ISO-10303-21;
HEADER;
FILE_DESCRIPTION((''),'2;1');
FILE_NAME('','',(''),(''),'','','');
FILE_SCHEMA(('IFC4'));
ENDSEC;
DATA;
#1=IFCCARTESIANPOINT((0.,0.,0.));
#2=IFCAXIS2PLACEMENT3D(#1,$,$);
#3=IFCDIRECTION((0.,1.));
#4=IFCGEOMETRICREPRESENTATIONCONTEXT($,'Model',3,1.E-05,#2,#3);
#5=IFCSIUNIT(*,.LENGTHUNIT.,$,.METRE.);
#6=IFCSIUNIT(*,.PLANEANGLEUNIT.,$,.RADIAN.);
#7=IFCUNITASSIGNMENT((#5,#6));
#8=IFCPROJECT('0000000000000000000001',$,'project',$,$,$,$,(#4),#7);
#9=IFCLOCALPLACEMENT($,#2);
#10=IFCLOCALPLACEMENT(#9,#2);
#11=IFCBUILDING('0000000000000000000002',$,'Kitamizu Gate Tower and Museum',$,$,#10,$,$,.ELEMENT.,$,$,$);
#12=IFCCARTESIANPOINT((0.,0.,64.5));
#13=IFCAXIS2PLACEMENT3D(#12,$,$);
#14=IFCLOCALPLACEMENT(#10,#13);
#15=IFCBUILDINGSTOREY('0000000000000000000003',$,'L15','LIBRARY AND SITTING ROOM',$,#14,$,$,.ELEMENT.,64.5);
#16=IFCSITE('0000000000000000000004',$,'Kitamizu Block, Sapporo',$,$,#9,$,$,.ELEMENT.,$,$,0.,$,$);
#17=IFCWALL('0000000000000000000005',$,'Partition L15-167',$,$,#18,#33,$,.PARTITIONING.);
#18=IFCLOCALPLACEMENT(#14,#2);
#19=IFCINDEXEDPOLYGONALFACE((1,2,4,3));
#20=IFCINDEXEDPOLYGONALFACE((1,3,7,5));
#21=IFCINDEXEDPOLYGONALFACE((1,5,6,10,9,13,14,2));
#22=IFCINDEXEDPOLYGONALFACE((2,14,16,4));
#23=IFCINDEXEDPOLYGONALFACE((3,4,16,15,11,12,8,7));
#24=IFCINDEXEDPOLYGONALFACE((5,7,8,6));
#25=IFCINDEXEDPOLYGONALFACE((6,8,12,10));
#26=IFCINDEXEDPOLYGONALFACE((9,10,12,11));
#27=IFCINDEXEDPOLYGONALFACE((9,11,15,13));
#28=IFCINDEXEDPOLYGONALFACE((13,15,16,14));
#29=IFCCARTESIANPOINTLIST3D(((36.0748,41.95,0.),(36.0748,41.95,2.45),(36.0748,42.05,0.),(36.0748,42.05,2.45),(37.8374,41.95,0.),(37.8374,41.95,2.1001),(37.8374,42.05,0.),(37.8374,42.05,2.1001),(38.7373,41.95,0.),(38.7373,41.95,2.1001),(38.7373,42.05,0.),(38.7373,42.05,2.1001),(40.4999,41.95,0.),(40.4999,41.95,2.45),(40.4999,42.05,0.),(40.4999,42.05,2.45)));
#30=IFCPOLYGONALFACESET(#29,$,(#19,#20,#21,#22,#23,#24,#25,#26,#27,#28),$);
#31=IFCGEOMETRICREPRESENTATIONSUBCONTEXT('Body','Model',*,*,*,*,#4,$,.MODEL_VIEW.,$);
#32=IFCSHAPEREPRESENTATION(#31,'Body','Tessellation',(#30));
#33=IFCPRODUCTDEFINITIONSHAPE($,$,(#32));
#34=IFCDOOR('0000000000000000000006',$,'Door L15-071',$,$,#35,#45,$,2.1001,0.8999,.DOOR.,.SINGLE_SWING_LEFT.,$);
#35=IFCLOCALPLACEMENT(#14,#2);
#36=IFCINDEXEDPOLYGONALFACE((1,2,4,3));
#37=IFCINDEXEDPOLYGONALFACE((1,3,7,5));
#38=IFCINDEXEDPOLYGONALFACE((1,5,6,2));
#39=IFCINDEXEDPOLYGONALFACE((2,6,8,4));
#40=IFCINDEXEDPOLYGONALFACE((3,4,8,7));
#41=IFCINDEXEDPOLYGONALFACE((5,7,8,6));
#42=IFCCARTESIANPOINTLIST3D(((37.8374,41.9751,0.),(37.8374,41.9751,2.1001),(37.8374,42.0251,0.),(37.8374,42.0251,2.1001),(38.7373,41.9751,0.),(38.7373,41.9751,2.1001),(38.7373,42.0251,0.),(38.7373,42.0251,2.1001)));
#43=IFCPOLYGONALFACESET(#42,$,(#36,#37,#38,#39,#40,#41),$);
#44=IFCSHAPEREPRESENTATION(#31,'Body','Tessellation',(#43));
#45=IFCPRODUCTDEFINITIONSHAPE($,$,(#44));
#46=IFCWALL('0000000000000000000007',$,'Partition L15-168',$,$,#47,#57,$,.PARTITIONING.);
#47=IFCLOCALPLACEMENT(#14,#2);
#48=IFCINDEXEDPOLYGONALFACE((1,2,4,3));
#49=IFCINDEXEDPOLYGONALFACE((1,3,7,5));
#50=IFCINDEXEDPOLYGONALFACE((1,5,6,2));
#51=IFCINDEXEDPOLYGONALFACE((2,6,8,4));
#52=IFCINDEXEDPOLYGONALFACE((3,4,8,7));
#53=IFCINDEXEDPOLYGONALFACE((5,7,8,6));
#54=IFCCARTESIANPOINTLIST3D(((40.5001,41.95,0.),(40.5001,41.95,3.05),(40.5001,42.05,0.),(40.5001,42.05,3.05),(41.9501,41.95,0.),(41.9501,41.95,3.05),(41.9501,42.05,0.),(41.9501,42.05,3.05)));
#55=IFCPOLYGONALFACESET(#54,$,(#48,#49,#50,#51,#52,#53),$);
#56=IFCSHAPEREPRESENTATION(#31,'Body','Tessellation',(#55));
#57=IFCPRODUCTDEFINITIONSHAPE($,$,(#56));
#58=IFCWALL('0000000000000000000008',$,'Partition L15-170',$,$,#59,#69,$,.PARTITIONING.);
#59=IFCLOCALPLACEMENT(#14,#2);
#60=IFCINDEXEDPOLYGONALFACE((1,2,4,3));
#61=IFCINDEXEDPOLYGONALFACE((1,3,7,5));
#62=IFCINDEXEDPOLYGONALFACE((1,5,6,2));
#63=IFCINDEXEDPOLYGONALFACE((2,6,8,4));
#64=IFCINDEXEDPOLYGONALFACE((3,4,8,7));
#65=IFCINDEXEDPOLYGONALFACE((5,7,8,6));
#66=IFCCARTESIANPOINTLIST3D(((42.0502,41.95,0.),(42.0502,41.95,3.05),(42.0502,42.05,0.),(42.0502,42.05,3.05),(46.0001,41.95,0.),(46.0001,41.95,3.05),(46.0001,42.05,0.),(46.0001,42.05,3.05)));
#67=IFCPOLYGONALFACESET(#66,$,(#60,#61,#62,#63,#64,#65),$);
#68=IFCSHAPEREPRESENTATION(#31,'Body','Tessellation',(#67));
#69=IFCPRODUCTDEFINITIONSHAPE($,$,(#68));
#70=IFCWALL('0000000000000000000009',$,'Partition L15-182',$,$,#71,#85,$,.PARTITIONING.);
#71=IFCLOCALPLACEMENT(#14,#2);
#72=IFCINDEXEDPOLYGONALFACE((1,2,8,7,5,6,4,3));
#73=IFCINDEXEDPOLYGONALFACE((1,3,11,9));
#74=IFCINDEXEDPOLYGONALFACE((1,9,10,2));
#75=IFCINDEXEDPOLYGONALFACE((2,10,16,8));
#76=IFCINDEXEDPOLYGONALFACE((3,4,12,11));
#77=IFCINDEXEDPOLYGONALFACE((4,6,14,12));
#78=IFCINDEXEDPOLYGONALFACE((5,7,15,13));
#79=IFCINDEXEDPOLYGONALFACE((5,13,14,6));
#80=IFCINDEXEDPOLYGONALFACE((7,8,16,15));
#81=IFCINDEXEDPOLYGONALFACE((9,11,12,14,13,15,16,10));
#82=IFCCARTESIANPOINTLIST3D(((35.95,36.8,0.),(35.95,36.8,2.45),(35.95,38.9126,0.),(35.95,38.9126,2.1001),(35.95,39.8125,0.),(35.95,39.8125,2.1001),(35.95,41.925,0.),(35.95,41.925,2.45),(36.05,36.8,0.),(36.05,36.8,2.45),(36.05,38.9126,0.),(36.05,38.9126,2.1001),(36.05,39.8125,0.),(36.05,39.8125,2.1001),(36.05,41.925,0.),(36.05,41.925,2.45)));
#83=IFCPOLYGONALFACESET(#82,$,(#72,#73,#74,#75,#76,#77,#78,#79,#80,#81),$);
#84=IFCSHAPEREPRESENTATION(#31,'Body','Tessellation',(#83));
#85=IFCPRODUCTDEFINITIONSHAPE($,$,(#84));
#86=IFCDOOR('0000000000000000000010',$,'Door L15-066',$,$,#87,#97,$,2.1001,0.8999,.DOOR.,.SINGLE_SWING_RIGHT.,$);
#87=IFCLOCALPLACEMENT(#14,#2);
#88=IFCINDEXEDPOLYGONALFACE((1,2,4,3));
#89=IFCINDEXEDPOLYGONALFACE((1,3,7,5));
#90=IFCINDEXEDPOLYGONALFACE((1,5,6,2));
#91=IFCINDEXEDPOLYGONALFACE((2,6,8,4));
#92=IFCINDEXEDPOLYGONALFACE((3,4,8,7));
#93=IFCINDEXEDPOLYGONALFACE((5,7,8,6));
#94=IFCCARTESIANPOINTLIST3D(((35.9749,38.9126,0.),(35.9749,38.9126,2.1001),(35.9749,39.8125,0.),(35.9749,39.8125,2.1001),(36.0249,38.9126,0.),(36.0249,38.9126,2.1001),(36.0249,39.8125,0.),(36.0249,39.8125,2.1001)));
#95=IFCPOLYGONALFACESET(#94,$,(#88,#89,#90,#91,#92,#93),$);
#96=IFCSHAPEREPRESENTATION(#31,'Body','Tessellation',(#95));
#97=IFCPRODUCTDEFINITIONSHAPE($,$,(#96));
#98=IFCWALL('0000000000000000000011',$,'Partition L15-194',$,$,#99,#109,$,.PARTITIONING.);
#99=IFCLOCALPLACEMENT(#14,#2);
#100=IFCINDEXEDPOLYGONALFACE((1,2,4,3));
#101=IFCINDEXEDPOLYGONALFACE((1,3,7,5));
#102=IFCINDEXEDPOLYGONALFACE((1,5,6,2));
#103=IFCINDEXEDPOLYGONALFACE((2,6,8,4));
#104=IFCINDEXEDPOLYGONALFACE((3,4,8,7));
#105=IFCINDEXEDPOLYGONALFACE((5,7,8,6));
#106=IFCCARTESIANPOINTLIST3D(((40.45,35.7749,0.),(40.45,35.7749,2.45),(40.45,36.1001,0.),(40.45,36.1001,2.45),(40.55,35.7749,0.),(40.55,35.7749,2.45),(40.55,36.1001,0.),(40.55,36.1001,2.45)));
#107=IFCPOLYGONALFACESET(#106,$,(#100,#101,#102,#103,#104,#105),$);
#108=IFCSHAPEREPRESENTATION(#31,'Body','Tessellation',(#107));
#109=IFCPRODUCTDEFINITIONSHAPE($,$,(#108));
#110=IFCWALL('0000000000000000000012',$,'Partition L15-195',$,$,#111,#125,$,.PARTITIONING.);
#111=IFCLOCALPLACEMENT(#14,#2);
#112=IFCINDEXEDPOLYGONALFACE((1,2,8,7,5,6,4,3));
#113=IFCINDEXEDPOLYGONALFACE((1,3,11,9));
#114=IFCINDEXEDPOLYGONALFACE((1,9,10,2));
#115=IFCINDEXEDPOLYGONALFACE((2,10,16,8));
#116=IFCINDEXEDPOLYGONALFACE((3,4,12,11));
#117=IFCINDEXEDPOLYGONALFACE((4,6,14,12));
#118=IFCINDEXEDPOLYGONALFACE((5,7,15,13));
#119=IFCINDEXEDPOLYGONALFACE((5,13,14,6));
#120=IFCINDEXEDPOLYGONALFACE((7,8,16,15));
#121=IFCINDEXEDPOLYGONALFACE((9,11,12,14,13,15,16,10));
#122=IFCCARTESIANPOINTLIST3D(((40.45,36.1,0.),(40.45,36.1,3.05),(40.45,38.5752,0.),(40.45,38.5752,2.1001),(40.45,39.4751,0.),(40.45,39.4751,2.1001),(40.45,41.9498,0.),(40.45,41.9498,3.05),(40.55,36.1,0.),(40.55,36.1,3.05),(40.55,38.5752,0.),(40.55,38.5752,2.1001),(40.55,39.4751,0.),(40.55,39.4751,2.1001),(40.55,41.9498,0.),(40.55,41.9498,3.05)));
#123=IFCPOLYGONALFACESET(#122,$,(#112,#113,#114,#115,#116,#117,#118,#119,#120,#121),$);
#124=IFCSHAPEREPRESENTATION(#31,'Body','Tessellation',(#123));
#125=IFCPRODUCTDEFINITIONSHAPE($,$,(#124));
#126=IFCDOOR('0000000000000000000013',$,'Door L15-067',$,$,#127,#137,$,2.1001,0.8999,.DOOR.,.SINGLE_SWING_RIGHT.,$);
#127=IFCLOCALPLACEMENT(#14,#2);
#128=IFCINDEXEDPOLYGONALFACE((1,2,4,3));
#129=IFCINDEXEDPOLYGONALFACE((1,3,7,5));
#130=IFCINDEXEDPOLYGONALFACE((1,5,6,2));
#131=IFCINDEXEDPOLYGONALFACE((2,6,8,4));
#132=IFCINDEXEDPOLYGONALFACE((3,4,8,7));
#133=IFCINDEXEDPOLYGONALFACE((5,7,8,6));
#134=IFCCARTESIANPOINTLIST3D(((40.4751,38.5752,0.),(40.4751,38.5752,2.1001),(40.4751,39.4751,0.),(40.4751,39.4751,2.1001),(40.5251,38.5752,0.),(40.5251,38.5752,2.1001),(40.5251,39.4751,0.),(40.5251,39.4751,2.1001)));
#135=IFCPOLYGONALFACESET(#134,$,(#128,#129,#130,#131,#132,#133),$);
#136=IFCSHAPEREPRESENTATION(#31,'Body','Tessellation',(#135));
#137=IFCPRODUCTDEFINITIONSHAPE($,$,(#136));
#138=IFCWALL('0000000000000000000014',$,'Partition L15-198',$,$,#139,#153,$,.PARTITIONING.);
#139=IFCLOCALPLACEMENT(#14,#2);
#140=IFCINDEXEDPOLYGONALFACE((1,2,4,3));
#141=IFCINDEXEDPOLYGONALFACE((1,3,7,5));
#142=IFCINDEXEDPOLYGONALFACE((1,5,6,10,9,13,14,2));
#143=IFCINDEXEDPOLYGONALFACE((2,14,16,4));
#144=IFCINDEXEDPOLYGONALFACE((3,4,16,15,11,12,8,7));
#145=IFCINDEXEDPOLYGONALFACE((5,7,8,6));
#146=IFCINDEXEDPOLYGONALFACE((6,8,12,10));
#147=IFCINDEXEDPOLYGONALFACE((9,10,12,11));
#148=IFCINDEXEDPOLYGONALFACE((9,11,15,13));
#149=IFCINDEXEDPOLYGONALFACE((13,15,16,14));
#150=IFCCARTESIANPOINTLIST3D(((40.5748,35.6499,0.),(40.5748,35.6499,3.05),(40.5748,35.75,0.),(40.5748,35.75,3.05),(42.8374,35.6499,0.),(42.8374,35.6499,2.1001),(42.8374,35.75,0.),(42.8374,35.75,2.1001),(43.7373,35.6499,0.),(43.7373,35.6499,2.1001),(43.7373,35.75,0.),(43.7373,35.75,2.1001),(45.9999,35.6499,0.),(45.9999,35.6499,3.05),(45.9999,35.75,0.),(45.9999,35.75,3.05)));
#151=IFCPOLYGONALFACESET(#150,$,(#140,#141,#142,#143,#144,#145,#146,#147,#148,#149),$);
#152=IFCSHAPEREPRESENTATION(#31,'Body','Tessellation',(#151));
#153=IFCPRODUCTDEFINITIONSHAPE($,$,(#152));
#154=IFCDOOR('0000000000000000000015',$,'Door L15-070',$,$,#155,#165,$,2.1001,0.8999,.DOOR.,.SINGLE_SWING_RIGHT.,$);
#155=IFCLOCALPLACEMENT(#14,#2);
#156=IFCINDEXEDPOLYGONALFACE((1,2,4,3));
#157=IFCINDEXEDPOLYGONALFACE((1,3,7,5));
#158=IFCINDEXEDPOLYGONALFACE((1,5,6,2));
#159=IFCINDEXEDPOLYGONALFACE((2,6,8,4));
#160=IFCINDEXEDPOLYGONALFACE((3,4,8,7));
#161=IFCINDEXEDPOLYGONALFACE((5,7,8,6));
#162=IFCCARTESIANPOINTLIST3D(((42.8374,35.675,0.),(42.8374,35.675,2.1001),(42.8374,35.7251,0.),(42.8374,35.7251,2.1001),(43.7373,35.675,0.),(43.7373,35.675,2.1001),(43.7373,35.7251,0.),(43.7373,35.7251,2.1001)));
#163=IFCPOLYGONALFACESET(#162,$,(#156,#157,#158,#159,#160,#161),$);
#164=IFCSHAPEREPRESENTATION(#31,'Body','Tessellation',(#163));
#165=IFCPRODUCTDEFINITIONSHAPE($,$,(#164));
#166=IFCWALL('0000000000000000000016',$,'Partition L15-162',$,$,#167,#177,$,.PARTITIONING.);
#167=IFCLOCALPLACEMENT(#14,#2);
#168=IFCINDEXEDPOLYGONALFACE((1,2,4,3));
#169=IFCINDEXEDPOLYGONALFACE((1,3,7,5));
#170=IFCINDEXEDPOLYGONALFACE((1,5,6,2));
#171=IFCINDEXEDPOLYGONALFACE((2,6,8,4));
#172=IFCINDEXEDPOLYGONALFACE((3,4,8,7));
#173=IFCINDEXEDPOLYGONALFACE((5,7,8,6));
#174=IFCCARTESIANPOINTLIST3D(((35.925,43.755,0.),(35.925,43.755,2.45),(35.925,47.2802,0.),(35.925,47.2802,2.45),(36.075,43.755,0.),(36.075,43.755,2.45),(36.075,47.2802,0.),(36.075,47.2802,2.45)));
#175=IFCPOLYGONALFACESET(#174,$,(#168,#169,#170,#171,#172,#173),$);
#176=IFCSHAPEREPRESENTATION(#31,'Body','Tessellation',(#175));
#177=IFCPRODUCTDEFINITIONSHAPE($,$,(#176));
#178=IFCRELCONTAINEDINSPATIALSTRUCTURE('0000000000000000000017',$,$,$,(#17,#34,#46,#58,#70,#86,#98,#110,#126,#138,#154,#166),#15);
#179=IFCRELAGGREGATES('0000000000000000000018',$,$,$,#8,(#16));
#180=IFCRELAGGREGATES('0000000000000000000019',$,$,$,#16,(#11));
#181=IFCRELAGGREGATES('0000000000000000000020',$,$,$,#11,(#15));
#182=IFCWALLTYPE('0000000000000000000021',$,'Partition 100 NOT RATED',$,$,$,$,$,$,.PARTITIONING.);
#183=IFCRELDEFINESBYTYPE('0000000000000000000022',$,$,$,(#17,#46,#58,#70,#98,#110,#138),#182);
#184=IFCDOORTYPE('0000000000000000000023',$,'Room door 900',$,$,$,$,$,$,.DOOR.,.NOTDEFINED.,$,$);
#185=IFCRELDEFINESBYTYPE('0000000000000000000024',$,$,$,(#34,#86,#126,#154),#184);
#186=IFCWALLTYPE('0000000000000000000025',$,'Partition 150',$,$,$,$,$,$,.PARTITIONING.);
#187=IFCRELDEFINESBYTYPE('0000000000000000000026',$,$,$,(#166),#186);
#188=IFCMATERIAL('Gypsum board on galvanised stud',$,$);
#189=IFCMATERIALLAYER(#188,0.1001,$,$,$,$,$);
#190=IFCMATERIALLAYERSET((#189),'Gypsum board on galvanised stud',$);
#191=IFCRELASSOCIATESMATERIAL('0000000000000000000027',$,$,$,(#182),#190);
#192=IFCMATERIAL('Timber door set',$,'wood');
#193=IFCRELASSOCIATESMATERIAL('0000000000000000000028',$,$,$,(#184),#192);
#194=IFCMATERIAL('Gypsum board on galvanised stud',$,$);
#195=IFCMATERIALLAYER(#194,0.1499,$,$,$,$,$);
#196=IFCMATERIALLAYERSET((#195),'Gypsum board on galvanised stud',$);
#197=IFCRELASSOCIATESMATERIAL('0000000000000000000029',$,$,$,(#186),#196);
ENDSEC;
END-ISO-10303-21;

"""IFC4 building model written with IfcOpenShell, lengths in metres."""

from ifc_helpers import new_model, si_unit, direction, frame, frame_2d, origin, place, context, subcontext, project, spatial, rectangle, extrude, material, layer, layer_set, type_object, element, fill, save


model = new_model("IFC4")

# Units and contexts
model_context = context("Model", 3, precision=1e-05, world=origin(), true_north=direction((0.0, 1.0)))
body_context = subcontext(model_context, "Body", "Model", "MODEL_VIEW")
ifc_project = project(units=[si_unit("LENGTHUNIT", "METRE"), si_unit("PLANEANGLEUNIT", "RADIAN")], contexts=[model_context])

# Site, building, storey
site_placement = place(None, origin())
site = spatial("IfcSite", under=ifc_project, at=site_placement, Name="Kitamizu Block, Sapporo", CompositionType="ELEMENT", RefElevation=0.0)
building_placement = place(site_placement, origin())
building = spatial("IfcBuilding", under=site, at=building_placement, Name="Kitamizu Gate Tower and Museum", CompositionType="ELEMENT")
storey_placement = place(building_placement, frame((0.0, 0.0, 64.5)))
storey = spatial("IfcBuildingStorey", under=building, at=storey_placement, Name="L15", Description="LIBRARY AND SITTING ROOM", CompositionType="ELEMENT", Elevation=64.5)

# Wall, opening, door
ifc_material_1 = material(Name="Gypsum board on galvanised stud")
ifc_layer_1 = layer(ifc_material_1, 0.1001)
ifc_layer_set_1 = layer_set([ifc_layer_1], Name="Gypsum board on galvanised stud")
wall_type_1 = type_object("IfcWallType", Name="Partition 100 NOT RATED", PredefinedType="PARTITIONING", material=ifc_layer_set_1)
ifc_material_2 = material(Name="Timber door set", Category="wood")
door_type_1 = type_object("IfcDoorType", Name="Room door 900", OperationType="NOTDEFINED", PredefinedType="DOOR", material=ifc_material_2)
wall_1_placement = place(storey_placement, frame((36.075, 42.0, 0.0), z_axis=(0.0, 0.0, 1.0), x_axis=(1.0, 0.0, 0.0)))
wall_1 = element("IfcWall", 1, at=wall_1_placement, inside=storey, type_object=wall_type_1, Name="Partition L15-167", PredefinedType="PARTITIONING", context=body_context, shape_type="SweptSolid", body=[
    extrude(rectangle(XDim=4.425, YDim=0.1001, at=frame_2d((2.2124, 0.0))), origin(), (0.0, 0.0, 1.0), 2.45),
])
opening_1_placement = place(wall_1_placement, frame((1.7625, 0.0, 0.0)))
opening_1 = element("IfcOpeningElement", 2, at=opening_1_placement, cuts=wall_1, PredefinedType="OPENING", context=body_context, shape_type="SweptSolid", body=[
    extrude(rectangle(XDim=0.8999, YDim=2.1001, at=frame_2d((0.45, 1.05))), frame((0.0, 0.0601, 0.0), z_axis=(0.0, -1.0, 0.0), x_axis=(1.0, 0.0, 0.0)), (0.0, 0.0, 1.0), 0.1201),
])
door_1_placement = place(opening_1_placement, frame((0.8999, 0.0, 0.0), x_axis=(-1.0, 0.0, 0.0)))
door_1 = element("IfcDoor", 3, at=door_1_placement, inside=storey, type_object=door_type_1, Name="Door L15-071", OperationType="SINGLE_SWING_LEFT", OverallHeight=2.1001, OverallWidth=0.8999, PredefinedType="DOOR", context=body_context, shape_type="SweptSolid", body=[
    extrude(rectangle(XDim=0.8999, YDim=2.1001, at=frame_2d((0.45, 1.05))), frame((0.0, 0.0249, 0.0), z_axis=(0.0, -1.0, 0.0), x_axis=(1.0, 0.0, 0.0)), (0.0, 0.0, 1.0), 0.05),
])
fill(opening_1, door_1)

# Walls
wall_2_placement = place(storey_placement, frame((40.5, 42.0, 0.0), z_axis=(0.0, 0.0, 1.0), x_axis=(1.0, 0.0, 0.0)))
element("IfcWall", 4, at=wall_2_placement, inside=storey, type_object=wall_type_1, Name="Partition L15-168", PredefinedType="PARTITIONING", context=body_context, shape_type="SweptSolid", body=[
    extrude(rectangle(XDim=1.45, YDim=0.1001, at=frame_2d((0.7251, 0.0))), origin(), (0.0, 0.0, 1.0), 3.05),
])
wall_3_placement = place(storey_placement, frame((42.05, 42.0, 0.0), z_axis=(0.0, 0.0, 1.0), x_axis=(1.0, 0.0, 0.0)))
element("IfcWall", 5, at=wall_3_placement, inside=storey, type_object=wall_type_1, Name="Partition L15-170", PredefinedType="PARTITIONING", context=body_context, shape_type="SweptSolid", body=[
    extrude(rectangle(XDim=3.95, YDim=0.1001, at=frame_2d((1.9751, 0.0))), origin(), (0.0, 0.0, 1.0), 3.05),
])

# Wall, opening, door
wall_4_placement = place(storey_placement, frame((36.0, 36.8, 0.0), z_axis=(0.0, 0.0, 1.0), x_axis=(0.0, 1.0, 0.0)))
wall_4 = element("IfcWall", 6, at=wall_4_placement, inside=storey, type_object=wall_type_1, Name="Partition L15-182", PredefinedType="PARTITIONING", context=body_context, shape_type="SweptSolid", body=[
    extrude(rectangle(XDim=5.125, YDim=0.1001, at=frame_2d((2.5625, 0.0))), origin(), (0.0, 0.0, 1.0), 2.45),
])
opening_2_placement = place(wall_4_placement, frame((2.1125, 0.0, 0.0)))
opening_2 = element("IfcOpeningElement", 7, at=opening_2_placement, cuts=wall_4, PredefinedType="OPENING", context=body_context, shape_type="SweptSolid", body=[
    extrude(rectangle(XDim=0.8999, YDim=2.1001, at=frame_2d((0.45, 1.05))), frame((0.0, 0.0601, 0.0), z_axis=(0.0, -1.0, 0.0), x_axis=(1.0, 0.0, 0.0)), (0.0, 0.0, 1.0), 0.1201),
])
door_2_placement = place(opening_2_placement, frame((0.8999, 0.0, 0.0), x_axis=(-1.0, 0.0, 0.0)))
door_2 = element("IfcDoor", 8, at=door_2_placement, inside=storey, type_object=door_type_1, Name="Door L15-066", OperationType="SINGLE_SWING_RIGHT", OverallHeight=2.1001, OverallWidth=0.8999, PredefinedType="DOOR", context=body_context, shape_type="SweptSolid", body=[
    extrude(rectangle(XDim=0.8999, YDim=2.1001, at=frame_2d((0.45, 1.05))), frame((0.0, 0.0249, 0.0), z_axis=(0.0, -1.0, 0.0), x_axis=(1.0, 0.0, 0.0)), (0.0, 0.0, 1.0), 0.05),
])
fill(opening_2, door_2)

# Wall
wall_5_placement = place(storey_placement, frame((40.5, 35.7749, 0.0), z_axis=(0.0, 0.0, 1.0), x_axis=(0.0, 1.0, 0.0)))
element("IfcWall", 9, at=wall_5_placement, inside=storey, type_object=wall_type_1, Name="Partition L15-194", PredefinedType="PARTITIONING", context=body_context, shape_type="SweptSolid", body=[
    extrude(rectangle(XDim=0.3252, YDim=0.1001, at=frame_2d((0.1626, 0.0))), origin(), (0.0, 0.0, 1.0), 2.45),
])

# Walls, openings, doors
wall_6_placement = place(storey_placement, frame((40.5, 36.1001, 0.0), z_axis=(0.0, 0.0, 1.0), x_axis=(0.0, 1.0, 0.0)))
wall_6 = element("IfcWall", 10, at=wall_6_placement, inside=storey, type_object=wall_type_1, Name="Partition L15-195", PredefinedType="PARTITIONING", context=body_context, shape_type="SweptSolid", body=[
    extrude(rectangle(XDim=5.8499, YDim=0.1001, at=frame_2d((2.9248, 0.0))), origin(), (0.0, 0.0, 1.0), 3.05),
])
opening_3_placement = place(wall_6_placement, frame((2.4751, 0.0, 0.0)))
opening_3 = element("IfcOpeningElement", 11, at=opening_3_placement, cuts=wall_6, PredefinedType="OPENING", context=body_context, shape_type="SweptSolid", body=[
    extrude(rectangle(XDim=0.8999, YDim=2.1001, at=frame_2d((0.45, 1.05))), frame((0.0, 0.0601, 0.0), z_axis=(0.0, -1.0, 0.0), x_axis=(1.0, 0.0, 0.0)), (0.0, 0.0, 1.0), 0.1201),
])
door_3_placement = place(opening_3_placement, origin())
door_3 = element("IfcDoor", 12, at=door_3_placement, inside=storey, type_object=door_type_1, Name="Door L15-067", OperationType="SINGLE_SWING_RIGHT", OverallHeight=2.1001, OverallWidth=0.8999, PredefinedType="DOOR", context=body_context, shape_type="SweptSolid", body=[
    extrude(rectangle(XDim=0.8999, YDim=2.1001, at=frame_2d((0.45, 1.05))), frame((0.0, 0.0249, 0.0), z_axis=(0.0, -1.0, 0.0), x_axis=(1.0, 0.0, 0.0)), (0.0, 0.0, 1.0), 0.05),
])
fill(opening_3, door_3)
wall_7_placement = place(storey_placement, frame((40.575, 35.7, 0.0), z_axis=(0.0, 0.0, 1.0), x_axis=(1.0, 0.0, 0.0)))
wall_7 = element("IfcWall", 13, at=wall_7_placement, inside=storey, type_object=wall_type_1, Name="Partition L15-198", PredefinedType="PARTITIONING", context=body_context, shape_type="SweptSolid", body=[
    extrude(rectangle(XDim=5.425, YDim=0.1001, at=frame_2d((2.7124, 0.0))), origin(), (0.0, 0.0, 1.0), 3.05),
])
opening_4_placement = place(wall_7_placement, frame((2.2625, 0.0, 0.0)))
opening_4 = element("IfcOpeningElement", 14, at=opening_4_placement, cuts=wall_7, PredefinedType="OPENING", context=body_context, shape_type="SweptSolid", body=[
    extrude(rectangle(XDim=0.8999, YDim=2.1001, at=frame_2d((0.45, 1.05))), frame((0.0, 0.0601, 0.0), z_axis=(0.0, -1.0, 0.0), x_axis=(1.0, 0.0, 0.0)), (0.0, 0.0, 1.0), 0.1201),
])
door_4_placement = place(opening_4_placement, frame((0.8999, 0.0, 0.0), x_axis=(-1.0, 0.0, 0.0)))
door_4 = element("IfcDoor", 15, at=door_4_placement, inside=storey, type_object=door_type_1, Name="Door L15-070", OperationType="SINGLE_SWING_RIGHT", OverallHeight=2.1001, OverallWidth=0.8999, PredefinedType="DOOR", context=body_context, shape_type="SweptSolid", body=[
    extrude(rectangle(XDim=0.8999, YDim=2.1001, at=frame_2d((0.45, 1.05))), frame((0.0, 0.0249, 0.0), z_axis=(0.0, -1.0, 0.0), x_axis=(1.0, 0.0, 0.0)), (0.0, 0.0, 1.0), 0.05),
])
fill(opening_4, door_4)

# Wall
ifc_material_3 = material(Name="Gypsum board on galvanised stud")
ifc_layer_2 = layer(ifc_material_3, 0.1499)
ifc_layer_set_2 = layer_set([ifc_layer_2], Name="Gypsum board on galvanised stud")
wall_type_2 = type_object("IfcWallType", Name="Partition 150", PredefinedType="PARTITIONING", material=ifc_layer_set_2)
wall_8_placement = place(storey_placement, frame((36.0, 43.7549, 0.0), z_axis=(0.0, 0.0, 1.0), x_axis=(0.0, 1.0, 0.0)))
element("IfcWall", 16, at=wall_8_placement, inside=storey, type_object=wall_type_2, Name="Partition L15-162", PredefinedType="PARTITIONING", context=body_context, shape_type="SweptSolid", body=[
    extrude(rectangle(XDim=3.5251, YDim=0.1499, at=frame_2d((1.7627, 0.0))), origin(), (0.0, 0.0, 1.0), 2.45),
])

save(model, "model.ifc")
